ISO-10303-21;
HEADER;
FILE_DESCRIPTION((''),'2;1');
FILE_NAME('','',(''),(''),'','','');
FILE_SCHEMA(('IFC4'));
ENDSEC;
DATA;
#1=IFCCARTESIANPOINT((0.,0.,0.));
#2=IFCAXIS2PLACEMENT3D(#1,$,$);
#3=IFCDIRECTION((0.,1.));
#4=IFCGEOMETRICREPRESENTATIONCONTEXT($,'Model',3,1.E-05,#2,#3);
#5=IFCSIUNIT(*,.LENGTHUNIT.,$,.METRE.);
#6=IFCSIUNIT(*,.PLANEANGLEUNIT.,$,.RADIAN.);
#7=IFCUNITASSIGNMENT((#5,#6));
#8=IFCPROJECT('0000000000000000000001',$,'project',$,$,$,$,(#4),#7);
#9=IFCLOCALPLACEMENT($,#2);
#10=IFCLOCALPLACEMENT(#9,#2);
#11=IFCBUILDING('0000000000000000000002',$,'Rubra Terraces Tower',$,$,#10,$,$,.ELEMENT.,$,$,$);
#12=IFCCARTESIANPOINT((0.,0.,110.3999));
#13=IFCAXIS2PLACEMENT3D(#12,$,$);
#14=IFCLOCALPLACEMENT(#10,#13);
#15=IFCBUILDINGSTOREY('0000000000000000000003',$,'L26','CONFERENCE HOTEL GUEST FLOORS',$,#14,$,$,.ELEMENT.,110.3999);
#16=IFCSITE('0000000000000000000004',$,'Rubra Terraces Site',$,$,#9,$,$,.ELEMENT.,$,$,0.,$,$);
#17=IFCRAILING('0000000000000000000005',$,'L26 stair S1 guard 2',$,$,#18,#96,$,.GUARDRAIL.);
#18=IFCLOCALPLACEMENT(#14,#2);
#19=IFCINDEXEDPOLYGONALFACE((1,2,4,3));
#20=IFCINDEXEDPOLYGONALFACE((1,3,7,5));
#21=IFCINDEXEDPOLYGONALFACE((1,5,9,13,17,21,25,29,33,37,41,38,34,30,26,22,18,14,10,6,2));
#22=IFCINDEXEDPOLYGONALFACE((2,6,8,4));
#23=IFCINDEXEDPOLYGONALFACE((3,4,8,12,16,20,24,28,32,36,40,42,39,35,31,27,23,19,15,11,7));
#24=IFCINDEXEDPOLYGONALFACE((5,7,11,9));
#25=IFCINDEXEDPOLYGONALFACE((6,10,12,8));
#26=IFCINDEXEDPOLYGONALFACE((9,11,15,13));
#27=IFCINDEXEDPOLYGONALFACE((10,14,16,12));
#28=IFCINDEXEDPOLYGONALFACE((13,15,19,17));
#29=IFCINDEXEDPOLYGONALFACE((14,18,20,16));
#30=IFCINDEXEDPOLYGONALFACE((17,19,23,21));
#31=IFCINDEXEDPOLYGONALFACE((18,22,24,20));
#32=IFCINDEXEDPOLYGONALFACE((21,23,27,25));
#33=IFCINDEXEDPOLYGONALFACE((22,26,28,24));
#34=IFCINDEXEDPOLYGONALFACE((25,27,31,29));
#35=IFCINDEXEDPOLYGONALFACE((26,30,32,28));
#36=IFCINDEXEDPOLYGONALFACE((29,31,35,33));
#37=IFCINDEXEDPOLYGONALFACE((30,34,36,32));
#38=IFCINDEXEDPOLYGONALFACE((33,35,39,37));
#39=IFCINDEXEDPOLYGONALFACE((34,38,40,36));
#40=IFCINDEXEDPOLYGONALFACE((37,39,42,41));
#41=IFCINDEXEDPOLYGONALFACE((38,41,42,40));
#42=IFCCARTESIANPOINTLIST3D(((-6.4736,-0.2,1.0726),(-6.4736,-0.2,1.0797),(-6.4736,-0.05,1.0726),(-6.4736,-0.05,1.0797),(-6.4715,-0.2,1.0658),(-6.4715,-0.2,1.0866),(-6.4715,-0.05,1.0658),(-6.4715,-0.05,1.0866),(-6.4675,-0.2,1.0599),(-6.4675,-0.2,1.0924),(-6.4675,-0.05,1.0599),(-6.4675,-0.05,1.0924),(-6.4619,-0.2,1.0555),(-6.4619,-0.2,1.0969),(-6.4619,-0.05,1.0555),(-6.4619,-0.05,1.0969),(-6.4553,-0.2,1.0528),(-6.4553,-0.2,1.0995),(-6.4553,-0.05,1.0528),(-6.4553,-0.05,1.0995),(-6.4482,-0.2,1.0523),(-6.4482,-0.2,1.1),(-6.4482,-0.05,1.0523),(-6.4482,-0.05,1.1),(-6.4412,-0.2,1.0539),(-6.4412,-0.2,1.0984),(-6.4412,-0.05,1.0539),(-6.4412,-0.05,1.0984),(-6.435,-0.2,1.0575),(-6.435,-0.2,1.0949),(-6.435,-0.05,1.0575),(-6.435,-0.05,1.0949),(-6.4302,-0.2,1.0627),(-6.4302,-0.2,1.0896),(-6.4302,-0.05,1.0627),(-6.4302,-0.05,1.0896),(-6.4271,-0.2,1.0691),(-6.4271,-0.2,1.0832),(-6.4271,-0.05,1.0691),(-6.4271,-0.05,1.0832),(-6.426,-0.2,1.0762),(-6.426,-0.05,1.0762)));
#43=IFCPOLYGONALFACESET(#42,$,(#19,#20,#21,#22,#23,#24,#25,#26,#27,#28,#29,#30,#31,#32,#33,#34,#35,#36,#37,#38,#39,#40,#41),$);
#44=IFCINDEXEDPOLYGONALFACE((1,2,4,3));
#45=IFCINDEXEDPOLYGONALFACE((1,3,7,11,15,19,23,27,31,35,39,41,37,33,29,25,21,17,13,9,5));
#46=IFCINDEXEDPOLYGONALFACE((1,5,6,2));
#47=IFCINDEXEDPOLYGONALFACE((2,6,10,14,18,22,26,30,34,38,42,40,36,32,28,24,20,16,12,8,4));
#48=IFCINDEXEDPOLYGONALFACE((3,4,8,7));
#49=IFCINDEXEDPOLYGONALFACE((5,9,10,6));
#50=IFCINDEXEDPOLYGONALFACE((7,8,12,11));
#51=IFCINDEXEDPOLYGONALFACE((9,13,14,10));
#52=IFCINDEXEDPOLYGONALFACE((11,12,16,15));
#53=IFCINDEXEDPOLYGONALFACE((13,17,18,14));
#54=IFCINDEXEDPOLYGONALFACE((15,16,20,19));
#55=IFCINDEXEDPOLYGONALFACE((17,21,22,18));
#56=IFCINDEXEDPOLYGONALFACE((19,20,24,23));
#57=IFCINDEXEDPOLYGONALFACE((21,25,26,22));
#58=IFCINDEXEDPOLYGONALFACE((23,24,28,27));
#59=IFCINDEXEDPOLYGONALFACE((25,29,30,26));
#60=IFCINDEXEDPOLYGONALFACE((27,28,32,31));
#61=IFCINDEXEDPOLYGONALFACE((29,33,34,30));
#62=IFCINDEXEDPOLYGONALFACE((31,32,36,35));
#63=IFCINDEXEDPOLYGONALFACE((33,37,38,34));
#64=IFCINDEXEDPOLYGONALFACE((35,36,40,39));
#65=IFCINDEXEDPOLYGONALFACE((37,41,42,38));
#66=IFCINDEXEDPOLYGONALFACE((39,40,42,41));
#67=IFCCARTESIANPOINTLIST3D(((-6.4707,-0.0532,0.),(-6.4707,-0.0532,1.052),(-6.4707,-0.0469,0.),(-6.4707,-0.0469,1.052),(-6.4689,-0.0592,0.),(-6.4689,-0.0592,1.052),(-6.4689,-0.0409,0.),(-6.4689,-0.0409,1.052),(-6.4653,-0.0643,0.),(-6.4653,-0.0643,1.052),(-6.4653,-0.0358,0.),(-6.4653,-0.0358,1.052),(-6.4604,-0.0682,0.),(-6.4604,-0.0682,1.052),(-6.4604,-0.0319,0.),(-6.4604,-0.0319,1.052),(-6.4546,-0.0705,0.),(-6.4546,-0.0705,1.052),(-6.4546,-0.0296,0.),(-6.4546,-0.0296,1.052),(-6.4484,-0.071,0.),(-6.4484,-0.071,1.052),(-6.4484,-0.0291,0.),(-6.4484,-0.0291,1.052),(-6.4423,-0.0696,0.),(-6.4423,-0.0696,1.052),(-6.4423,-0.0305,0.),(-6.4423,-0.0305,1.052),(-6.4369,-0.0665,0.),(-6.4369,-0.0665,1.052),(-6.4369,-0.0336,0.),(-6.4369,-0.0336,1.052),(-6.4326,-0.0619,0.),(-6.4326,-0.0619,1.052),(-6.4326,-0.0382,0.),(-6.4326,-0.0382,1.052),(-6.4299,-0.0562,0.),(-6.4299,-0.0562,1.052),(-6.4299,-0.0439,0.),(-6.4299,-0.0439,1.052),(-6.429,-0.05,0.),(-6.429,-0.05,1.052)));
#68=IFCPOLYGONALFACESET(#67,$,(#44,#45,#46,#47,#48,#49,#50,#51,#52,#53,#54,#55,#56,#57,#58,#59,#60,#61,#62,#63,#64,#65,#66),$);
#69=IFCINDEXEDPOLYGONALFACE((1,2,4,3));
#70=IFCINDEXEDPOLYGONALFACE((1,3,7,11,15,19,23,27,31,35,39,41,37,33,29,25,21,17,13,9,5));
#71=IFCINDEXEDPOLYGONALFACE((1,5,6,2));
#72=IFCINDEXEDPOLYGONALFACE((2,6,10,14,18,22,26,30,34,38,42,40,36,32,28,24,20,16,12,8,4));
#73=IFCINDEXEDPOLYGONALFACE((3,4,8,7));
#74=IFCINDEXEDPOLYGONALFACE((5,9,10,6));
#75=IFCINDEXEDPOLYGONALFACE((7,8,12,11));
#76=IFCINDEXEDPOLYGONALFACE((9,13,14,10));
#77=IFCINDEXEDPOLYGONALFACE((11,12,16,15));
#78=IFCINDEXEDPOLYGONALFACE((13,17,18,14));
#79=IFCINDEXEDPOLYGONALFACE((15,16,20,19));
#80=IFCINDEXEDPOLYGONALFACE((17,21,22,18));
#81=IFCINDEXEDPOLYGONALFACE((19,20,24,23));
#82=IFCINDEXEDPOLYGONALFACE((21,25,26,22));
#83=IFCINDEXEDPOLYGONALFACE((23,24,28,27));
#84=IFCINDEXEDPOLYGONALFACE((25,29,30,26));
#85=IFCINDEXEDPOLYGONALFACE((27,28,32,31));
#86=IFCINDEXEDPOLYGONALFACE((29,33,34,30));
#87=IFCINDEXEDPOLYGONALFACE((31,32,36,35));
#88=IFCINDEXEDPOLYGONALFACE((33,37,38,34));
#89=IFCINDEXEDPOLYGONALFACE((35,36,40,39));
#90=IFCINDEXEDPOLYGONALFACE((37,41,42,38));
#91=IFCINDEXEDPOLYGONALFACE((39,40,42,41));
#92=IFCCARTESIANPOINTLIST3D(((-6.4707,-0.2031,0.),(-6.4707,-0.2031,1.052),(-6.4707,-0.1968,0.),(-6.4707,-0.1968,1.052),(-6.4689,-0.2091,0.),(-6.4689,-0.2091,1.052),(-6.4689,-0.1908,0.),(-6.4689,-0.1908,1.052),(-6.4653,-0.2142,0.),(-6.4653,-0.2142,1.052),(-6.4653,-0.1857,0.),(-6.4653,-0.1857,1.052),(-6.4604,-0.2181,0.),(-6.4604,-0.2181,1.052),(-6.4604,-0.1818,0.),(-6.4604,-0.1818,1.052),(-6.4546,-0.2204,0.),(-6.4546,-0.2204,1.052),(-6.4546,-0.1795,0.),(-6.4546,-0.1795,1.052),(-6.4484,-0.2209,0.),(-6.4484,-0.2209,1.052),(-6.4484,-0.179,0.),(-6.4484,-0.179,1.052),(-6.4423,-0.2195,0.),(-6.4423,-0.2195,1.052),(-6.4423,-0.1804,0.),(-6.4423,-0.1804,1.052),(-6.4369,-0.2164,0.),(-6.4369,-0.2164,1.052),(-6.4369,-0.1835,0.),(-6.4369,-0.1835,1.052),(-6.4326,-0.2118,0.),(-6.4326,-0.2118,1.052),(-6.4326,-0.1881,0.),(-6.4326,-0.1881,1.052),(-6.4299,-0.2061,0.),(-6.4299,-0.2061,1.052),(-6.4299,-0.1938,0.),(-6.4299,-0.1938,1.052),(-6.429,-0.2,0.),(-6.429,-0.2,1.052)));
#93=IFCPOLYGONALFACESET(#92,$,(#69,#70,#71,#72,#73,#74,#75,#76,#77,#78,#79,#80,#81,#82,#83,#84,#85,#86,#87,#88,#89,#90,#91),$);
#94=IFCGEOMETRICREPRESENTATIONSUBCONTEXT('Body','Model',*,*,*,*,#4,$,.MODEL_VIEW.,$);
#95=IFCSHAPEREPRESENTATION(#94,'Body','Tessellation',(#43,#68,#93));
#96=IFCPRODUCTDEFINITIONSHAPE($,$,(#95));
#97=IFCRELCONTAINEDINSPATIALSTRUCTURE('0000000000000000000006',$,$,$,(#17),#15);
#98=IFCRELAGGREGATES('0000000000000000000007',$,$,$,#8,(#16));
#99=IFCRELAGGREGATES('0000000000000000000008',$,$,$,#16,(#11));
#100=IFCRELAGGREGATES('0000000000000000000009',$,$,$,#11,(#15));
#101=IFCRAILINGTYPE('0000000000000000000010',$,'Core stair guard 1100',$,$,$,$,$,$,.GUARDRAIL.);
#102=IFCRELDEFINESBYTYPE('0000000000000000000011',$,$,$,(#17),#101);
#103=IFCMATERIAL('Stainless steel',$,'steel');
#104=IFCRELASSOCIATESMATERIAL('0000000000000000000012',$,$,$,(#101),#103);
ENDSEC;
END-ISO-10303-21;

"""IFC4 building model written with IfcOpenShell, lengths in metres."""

from ifc_helpers import new_model, si_unit, direction, frame, origin, origin_2d, place, context, subcontext, project, spatial, circle, extrude, material, type_object, element, save


model = new_model("IFC4")

# Units and contexts
model_context = context("Model", 3, precision=1e-05, world=origin(), true_north=direction((0.0, 1.0)))
body_context = subcontext(model_context, "Body", "Model", "MODEL_VIEW")
ifc_project = project(units=[si_unit("LENGTHUNIT", "METRE"), si_unit("PLANEANGLEUNIT", "RADIAN")], contexts=[model_context])

# Site, building, storey
site_placement = place(None, origin())
site = spatial("IfcSite", under=ifc_project, at=site_placement, Name="Rubra Terraces Site", CompositionType="ELEMENT", RefElevation=0.0)
building_placement = place(site_placement, origin())
building = spatial("IfcBuilding", under=site, at=building_placement, Name="Rubra Terraces Tower", CompositionType="ELEMENT")
storey_placement = place(building_placement, frame((0.0, 0.0, 110.3999)))
storey = spatial("IfcBuildingStorey", under=building, at=storey_placement, Name="L26", Description="CONFERENCE HOTEL GUEST FLOORS", CompositionType="ELEMENT", Elevation=110.3999)

# Railing
ifc_material_1 = material(Name="Stainless steel", Category="steel")
railing_type = type_object("IfcRailingType", Name="Core stair guard 1100", PredefinedType="GUARDRAIL", material=ifc_material_1)
railing_1_placement = place(storey_placement, frame((-6.45, -0.05, 0.0)))
element("IfcRailing", 1, at=railing_1_placement, inside=storey, type_object=railing_type, Name="L26 stair S1 guard 2", PredefinedType="GUARDRAIL", context=body_context, shape_type="SweptSolid", body=[
    extrude(circle(Radius=0.0239, at=origin_2d()), frame((0.0, 0.0, 1.0762), z_axis=(0.0, -1.0, 0.0), x_axis=(1.0, 0.0, 0.0)), (0.0, 0.0, 1.0), 0.1499),
    extrude(circle(Radius=0.021, at=origin_2d()), origin(), (0.0, 0.0, 1.0), 1.052),
    extrude(circle(Radius=0.021, at=origin_2d()), frame((0.0, -0.1499, 0.0)), (0.0, 0.0, 1.0), 1.052),
])

save(model, "model.ifc")
